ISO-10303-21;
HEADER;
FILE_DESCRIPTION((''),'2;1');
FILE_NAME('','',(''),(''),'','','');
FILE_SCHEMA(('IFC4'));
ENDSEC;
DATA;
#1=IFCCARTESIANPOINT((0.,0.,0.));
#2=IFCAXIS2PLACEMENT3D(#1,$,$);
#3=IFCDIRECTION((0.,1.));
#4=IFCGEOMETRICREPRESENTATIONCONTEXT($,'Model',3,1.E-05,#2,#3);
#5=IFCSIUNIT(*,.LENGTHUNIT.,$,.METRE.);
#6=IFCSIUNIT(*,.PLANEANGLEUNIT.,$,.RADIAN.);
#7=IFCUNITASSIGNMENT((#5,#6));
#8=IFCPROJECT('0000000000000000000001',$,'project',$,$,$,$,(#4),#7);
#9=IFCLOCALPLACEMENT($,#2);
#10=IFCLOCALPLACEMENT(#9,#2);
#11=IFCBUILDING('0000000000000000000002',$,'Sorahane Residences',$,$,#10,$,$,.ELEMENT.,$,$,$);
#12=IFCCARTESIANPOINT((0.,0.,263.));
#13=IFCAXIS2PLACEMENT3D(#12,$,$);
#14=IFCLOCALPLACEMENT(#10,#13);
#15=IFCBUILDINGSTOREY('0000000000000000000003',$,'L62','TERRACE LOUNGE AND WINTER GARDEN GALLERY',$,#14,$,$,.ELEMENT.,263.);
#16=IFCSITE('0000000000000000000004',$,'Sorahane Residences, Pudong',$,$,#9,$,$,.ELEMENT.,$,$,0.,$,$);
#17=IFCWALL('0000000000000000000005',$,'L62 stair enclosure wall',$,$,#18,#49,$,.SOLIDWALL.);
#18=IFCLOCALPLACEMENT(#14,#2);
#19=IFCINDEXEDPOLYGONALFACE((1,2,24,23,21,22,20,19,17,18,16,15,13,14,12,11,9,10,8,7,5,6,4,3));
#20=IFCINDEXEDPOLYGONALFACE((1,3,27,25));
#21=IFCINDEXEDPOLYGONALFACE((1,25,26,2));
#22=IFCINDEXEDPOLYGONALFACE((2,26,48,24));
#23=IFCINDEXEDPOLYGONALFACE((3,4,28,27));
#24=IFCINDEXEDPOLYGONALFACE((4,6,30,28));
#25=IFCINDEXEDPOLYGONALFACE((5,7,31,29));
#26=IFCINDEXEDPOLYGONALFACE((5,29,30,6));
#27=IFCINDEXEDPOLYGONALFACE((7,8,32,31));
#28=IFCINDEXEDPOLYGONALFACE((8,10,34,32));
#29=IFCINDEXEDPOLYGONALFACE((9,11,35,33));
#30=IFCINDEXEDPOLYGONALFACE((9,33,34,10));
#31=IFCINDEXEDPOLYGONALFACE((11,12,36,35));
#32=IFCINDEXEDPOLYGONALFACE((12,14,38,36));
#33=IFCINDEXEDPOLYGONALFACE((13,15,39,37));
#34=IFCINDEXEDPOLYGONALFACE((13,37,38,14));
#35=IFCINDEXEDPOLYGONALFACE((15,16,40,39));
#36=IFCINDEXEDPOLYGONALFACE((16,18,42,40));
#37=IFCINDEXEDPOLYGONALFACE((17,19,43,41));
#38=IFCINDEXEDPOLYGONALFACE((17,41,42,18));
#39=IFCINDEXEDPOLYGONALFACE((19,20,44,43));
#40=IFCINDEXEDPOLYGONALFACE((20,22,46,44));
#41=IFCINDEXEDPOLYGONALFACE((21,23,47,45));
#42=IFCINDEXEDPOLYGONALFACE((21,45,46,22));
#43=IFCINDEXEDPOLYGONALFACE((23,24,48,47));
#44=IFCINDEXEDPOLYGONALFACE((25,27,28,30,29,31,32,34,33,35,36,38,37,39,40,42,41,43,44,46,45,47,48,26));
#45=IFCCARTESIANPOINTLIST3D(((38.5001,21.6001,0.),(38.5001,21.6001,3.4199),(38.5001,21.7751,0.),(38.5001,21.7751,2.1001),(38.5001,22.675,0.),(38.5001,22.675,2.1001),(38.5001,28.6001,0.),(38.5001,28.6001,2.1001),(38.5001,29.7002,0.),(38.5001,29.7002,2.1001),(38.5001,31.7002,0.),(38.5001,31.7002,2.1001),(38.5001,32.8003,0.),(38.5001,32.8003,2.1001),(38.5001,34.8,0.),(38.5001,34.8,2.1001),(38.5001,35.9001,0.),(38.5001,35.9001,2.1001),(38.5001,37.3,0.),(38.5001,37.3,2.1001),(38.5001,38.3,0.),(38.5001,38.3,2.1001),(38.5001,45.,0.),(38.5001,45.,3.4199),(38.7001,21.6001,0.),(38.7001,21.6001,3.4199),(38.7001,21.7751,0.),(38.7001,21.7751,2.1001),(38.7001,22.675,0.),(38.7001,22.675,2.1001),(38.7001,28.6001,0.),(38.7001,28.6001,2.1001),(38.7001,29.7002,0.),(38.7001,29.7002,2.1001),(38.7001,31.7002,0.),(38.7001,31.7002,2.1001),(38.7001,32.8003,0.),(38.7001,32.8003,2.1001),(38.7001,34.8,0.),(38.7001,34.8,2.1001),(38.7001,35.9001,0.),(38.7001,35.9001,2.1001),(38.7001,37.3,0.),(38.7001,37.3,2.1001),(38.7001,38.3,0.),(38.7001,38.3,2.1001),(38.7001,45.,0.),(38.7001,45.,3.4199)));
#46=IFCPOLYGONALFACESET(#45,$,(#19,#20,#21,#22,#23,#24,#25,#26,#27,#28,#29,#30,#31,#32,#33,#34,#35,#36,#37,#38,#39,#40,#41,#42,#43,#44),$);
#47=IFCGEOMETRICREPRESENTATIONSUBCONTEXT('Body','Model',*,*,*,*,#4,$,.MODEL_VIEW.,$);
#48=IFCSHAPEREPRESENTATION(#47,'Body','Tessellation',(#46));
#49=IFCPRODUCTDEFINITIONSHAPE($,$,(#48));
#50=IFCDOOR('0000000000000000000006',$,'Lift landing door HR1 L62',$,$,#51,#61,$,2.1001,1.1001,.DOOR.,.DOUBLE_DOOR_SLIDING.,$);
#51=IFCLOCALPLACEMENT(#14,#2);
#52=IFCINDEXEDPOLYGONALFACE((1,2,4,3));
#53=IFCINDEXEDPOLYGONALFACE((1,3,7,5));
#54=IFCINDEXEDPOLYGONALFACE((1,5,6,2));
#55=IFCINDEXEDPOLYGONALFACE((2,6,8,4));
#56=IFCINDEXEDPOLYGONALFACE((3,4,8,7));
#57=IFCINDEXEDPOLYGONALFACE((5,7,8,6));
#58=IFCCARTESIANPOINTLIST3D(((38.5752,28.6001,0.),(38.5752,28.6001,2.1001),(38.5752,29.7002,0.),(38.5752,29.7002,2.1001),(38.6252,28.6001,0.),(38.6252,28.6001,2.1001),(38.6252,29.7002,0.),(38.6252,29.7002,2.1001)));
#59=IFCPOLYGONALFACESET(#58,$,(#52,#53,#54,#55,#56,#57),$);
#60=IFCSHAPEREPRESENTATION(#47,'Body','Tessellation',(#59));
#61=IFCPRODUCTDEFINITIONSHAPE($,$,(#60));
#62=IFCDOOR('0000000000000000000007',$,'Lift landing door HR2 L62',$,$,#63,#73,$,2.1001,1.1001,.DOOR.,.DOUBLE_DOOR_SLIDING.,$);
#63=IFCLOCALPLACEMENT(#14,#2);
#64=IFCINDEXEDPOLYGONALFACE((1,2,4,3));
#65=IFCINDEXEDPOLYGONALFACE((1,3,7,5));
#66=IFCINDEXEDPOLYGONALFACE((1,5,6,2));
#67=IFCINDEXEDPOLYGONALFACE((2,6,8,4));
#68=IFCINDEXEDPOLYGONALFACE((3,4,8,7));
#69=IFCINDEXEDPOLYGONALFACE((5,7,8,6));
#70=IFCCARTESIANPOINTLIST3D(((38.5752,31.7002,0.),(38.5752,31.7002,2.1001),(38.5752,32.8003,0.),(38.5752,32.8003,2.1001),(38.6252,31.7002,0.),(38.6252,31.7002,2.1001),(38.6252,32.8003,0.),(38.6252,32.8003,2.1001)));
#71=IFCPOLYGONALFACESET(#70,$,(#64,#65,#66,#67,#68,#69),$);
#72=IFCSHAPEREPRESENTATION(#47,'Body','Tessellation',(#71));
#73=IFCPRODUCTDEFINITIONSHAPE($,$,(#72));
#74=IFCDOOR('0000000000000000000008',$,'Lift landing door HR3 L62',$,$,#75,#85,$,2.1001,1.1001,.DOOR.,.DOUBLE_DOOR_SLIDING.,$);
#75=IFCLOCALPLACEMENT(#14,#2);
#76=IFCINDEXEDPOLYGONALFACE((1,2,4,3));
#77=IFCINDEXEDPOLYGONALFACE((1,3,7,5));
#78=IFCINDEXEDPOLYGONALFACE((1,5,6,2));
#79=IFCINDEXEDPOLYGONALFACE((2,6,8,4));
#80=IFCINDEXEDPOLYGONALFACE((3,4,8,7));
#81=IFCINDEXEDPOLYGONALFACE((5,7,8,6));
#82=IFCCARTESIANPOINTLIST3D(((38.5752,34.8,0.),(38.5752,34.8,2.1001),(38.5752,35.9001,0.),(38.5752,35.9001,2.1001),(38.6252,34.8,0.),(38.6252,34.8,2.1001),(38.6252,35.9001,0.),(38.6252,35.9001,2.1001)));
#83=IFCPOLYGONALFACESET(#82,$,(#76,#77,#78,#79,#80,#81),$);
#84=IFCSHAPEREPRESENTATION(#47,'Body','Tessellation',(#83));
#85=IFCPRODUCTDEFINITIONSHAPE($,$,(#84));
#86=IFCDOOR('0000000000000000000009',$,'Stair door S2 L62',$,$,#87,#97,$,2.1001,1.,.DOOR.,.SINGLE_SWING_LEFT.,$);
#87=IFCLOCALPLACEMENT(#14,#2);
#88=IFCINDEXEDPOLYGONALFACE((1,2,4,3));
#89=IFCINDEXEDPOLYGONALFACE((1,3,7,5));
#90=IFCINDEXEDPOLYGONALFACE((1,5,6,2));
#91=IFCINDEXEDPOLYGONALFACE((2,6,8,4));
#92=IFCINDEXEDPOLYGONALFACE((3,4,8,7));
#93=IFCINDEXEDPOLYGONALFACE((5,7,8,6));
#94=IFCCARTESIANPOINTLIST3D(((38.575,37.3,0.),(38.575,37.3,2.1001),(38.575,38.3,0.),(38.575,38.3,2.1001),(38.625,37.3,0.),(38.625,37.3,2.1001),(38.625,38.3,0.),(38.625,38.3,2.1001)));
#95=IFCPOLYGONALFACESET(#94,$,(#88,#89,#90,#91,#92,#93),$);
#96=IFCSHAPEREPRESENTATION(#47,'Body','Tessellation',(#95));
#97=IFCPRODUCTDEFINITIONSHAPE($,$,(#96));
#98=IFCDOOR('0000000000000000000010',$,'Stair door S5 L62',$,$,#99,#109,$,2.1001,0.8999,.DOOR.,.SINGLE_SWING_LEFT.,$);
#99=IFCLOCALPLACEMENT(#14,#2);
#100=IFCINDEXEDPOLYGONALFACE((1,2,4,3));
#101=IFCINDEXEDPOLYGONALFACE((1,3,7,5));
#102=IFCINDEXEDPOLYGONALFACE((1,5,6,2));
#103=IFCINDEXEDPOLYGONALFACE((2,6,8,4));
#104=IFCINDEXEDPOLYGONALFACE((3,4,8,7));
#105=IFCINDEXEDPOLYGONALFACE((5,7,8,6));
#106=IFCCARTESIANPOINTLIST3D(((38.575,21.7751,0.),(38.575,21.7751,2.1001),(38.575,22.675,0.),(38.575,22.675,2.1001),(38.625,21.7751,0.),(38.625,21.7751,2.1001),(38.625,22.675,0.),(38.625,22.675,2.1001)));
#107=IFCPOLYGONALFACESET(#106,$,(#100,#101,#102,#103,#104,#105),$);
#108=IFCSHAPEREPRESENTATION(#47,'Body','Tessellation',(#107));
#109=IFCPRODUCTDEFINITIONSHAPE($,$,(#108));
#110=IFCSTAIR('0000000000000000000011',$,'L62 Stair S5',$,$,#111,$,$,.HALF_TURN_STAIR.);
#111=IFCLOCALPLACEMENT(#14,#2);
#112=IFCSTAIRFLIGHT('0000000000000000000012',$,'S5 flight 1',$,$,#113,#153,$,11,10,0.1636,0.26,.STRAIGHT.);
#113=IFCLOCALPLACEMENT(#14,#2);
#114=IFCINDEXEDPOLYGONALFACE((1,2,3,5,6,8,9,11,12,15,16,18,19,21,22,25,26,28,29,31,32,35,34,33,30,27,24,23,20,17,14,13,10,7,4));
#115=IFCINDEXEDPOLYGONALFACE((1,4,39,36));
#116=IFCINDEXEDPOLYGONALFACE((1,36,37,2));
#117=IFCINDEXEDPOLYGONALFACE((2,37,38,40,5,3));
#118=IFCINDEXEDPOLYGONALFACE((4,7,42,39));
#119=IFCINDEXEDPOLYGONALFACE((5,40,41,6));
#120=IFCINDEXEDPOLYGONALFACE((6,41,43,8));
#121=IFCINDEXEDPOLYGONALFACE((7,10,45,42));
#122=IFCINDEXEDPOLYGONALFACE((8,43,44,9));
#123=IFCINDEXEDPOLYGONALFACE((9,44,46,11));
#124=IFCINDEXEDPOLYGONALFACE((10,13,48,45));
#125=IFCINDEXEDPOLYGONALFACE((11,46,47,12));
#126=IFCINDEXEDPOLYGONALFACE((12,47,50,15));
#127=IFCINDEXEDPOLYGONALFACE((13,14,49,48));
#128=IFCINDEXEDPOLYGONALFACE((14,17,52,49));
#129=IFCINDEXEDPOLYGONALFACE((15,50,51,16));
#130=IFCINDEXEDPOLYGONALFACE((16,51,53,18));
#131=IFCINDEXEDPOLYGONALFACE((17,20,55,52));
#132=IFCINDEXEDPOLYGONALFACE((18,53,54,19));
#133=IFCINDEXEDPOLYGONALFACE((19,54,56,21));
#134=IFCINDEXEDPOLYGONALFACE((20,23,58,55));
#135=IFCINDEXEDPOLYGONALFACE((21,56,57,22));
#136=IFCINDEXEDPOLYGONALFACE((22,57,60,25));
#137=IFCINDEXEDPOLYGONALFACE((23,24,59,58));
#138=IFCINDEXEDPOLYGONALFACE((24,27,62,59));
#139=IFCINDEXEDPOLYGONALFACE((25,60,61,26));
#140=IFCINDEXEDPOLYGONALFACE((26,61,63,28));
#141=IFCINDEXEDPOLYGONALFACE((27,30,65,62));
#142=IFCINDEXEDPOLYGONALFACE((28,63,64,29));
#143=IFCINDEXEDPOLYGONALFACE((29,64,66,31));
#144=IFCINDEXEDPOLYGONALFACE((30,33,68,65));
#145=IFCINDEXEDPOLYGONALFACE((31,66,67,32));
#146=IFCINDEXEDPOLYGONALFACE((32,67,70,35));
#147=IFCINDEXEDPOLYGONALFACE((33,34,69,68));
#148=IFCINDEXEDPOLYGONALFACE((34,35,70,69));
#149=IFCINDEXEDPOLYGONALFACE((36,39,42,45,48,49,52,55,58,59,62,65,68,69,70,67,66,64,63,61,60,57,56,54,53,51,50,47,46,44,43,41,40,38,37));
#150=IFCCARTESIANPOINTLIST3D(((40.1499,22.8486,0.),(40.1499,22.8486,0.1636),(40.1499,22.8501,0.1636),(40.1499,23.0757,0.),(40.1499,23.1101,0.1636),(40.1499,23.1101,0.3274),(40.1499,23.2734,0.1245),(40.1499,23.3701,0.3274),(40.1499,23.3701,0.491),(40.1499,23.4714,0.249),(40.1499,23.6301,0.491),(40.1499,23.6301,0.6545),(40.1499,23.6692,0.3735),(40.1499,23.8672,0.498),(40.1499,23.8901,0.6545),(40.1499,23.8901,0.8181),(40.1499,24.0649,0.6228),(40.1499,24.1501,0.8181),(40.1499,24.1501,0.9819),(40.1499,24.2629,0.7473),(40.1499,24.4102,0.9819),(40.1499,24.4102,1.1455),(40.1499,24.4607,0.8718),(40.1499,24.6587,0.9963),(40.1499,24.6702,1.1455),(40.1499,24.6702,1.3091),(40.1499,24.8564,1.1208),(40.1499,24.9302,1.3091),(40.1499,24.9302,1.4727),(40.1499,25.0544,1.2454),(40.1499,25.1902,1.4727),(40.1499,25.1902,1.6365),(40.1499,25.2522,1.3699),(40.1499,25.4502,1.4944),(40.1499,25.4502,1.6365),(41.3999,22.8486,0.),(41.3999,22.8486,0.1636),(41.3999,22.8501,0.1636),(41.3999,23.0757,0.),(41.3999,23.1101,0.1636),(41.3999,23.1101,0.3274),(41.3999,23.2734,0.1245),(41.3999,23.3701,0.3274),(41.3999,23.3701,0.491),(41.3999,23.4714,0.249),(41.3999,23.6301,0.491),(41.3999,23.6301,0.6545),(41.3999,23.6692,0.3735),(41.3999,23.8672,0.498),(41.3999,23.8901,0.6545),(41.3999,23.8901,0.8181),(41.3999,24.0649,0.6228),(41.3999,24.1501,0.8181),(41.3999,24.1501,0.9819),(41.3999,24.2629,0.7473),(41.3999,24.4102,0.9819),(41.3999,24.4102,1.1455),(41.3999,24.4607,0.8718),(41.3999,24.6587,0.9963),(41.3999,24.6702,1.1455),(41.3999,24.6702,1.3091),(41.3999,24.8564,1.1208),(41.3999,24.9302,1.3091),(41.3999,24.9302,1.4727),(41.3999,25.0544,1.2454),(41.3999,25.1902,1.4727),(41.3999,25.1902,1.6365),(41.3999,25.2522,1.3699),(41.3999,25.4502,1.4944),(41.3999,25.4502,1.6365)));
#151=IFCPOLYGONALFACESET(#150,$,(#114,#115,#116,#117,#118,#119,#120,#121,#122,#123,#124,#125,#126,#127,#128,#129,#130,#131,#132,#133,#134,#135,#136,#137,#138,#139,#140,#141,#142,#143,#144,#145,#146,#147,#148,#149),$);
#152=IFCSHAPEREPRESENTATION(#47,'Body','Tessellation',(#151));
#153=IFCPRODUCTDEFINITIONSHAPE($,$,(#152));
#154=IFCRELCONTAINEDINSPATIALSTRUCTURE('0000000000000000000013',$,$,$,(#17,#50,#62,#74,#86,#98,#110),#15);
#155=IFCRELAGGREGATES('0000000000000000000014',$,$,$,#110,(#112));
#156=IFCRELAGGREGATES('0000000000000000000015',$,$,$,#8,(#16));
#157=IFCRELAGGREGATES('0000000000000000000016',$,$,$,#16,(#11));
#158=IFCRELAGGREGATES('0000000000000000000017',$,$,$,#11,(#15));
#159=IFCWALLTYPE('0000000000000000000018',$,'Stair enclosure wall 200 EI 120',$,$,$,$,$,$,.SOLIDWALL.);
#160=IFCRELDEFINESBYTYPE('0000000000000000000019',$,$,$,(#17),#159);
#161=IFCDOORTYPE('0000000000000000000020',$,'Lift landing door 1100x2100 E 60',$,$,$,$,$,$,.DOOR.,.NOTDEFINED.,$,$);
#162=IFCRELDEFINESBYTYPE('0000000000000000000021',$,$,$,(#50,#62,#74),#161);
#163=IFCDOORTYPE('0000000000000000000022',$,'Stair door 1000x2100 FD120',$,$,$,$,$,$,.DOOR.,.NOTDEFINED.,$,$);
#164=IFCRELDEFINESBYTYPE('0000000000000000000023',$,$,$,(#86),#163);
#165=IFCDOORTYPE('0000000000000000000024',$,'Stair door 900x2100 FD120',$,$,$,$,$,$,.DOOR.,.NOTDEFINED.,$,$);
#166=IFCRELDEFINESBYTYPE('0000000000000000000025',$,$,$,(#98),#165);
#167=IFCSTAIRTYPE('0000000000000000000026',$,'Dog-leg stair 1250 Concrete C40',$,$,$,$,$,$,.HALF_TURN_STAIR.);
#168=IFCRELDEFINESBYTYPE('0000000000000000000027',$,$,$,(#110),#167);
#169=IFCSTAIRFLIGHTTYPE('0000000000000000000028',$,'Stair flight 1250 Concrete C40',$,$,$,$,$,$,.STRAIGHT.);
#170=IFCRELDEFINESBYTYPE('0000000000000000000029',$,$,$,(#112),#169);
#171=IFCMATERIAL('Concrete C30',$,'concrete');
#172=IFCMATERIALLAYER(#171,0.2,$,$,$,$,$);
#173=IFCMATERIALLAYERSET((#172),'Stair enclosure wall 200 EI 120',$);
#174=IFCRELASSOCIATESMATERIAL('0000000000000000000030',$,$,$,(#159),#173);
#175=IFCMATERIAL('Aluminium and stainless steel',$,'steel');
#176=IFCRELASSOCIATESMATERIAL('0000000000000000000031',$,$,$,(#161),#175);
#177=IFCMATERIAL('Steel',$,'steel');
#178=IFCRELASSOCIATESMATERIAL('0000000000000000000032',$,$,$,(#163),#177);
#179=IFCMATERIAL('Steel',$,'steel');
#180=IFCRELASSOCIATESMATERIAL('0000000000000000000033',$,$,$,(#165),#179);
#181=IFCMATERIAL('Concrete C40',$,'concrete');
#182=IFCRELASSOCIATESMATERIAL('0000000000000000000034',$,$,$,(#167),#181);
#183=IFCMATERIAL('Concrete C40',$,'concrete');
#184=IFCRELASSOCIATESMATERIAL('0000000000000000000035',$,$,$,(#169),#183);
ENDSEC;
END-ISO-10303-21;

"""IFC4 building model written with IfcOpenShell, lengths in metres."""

from ifc_helpers import new_model, si_unit, direction, frame, frame_2d, origin, place, context, subcontext, project, spatial, polyline, rectangle, outline, extrude, material, layer, layer_set, type_object, element, fill, aggregate, save


model = new_model("IFC4")

# Units and contexts
model_context = context("Model", 3, precision=1e-05, world=origin(), true_north=direction((0.0, 1.0)))
body_context = subcontext(model_context, "Body", "Model", "MODEL_VIEW")
ifc_project = project(units=[si_unit("LENGTHUNIT", "METRE"), si_unit("PLANEANGLEUNIT", "RADIAN")], contexts=[model_context])

# Site, building, storey
site_placement = place(None, origin())
site = spatial("IfcSite", under=ifc_project, at=site_placement, Name="Sorahane Residences, Pudong", CompositionType="ELEMENT", RefElevation=0.0)
building_placement = place(site_placement, origin())
building = spatial("IfcBuilding", under=site, at=building_placement, Name="Sorahane Residences", CompositionType="ELEMENT")
storey_placement = place(building_placement, frame((0.0, 0.0, 263.0)))
storey = spatial("IfcBuildingStorey", under=building, at=storey_placement, Name="L62", Description="TERRACE LOUNGE AND WINTER GARDEN GALLERY", CompositionType="ELEMENT", Elevation=263.0)

# Wall, openings, doors
ifc_material_1 = material(Name="Concrete C30", Category="concrete")
ifc_layer_1 = layer(ifc_material_1, 0.2)
ifc_layer_set_1 = layer_set([ifc_layer_1], Name="Stair enclosure wall 200 EI 120")
wall_type_1 = type_object("IfcWallType", Name="Stair enclosure wall 200 EI 120", PredefinedType="SOLIDWALL", material=ifc_layer_set_1)
wall_1_placement = place(storey_placement, frame((38.6001, 21.6001, 0.0), z_axis=(0.0, 0.0, 1.0), x_axis=(0.0, 1.0, 0.0)))
wall_1 = element("IfcWall", 1, at=wall_1_placement, inside=storey, type_object=wall_type_1, Name="L62 stair enclosure wall", PredefinedType="SOLIDWALL", context=body_context, shape_type="SweptSolid", body=[
    extrude(rectangle(XDim=23.3999, YDim=0.2, at=frame_2d((11.7, 0.0))), origin(), (0.0, 0.0, 1.0), 3.4199),
])
opening_1_placement = place(wall_1_placement, frame((7.0, 0.0, 0.0)))
opening_1 = element("IfcOpeningElement", 2, at=opening_1_placement, cuts=wall_1, PredefinedType="OPENING", context=body_context, shape_type="SweptSolid", body=[
    extrude(rectangle(XDim=1.1001, YDim=2.1001, at=frame_2d((0.55, 1.05))), frame((0.0, 0.1099, 0.0), z_axis=(0.0, -1.0, 0.0), x_axis=(1.0, 0.0, 0.0)), (0.0, 0.0, 1.0), 0.22),
])
opening_2_placement = place(wall_1_placement, frame((10.1001, 0.0, 0.0)))
opening_2 = element("IfcOpeningElement", 3, at=opening_2_placement, cuts=wall_1, PredefinedType="OPENING", context=body_context, shape_type="SweptSolid", body=[
    extrude(rectangle(XDim=1.1001, YDim=2.1001, at=frame_2d((0.55, 1.05))), frame((0.0, 0.1099, 0.0), z_axis=(0.0, -1.0, 0.0), x_axis=(1.0, 0.0, 0.0)), (0.0, 0.0, 1.0), 0.22),
])
opening_3_placement = place(wall_1_placement, frame((13.2, 0.0, 0.0)))
opening_3 = element("IfcOpeningElement", 4, at=opening_3_placement, cuts=wall_1, PredefinedType="OPENING", context=body_context, shape_type="SweptSolid", body=[
    extrude(rectangle(XDim=1.1001, YDim=2.1001, at=frame_2d((0.55, 1.05))), frame((0.0, 0.1099, 0.0), z_axis=(0.0, -1.0, 0.0), x_axis=(1.0, 0.0, 0.0)), (0.0, 0.0, 1.0), 0.22),
])
opening_4_placement = place(wall_1_placement, frame((15.7, 0.0, 0.0)))
opening_4 = element("IfcOpeningElement", 5, at=opening_4_placement, cuts=wall_1, PredefinedType="OPENING", context=body_context, shape_type="SweptSolid", body=[
    extrude(rectangle(XDim=1.0, YDim=2.1001, at=frame_2d((0.5, 1.05))), frame((0.0, 0.1099, 0.0), z_axis=(0.0, -1.0, 0.0), x_axis=(1.0, 0.0, 0.0)), (0.0, 0.0, 1.0), 0.22),
])
opening_5_placement = place(wall_1_placement, frame((0.175, 0.0, 0.0)))
opening_5 = element("IfcOpeningElement", 6, at=opening_5_placement, cuts=wall_1, PredefinedType="OPENING", context=body_context, shape_type="SweptSolid", body=[
    extrude(rectangle(XDim=0.8999, YDim=2.1001, at=frame_2d((0.45, 1.05))), frame((0.0, 0.1099, 0.0), z_axis=(0.0, -1.0, 0.0), x_axis=(1.0, 0.0, 0.0)), (0.0, 0.0, 1.0), 0.22),
])
ifc_material_2 = material(Name="Aluminium and stainless steel", Category="steel")
door_type_1 = type_object("IfcDoorType", Name="Lift landing door 1100x2100 E 60", OperationType="NOTDEFINED", PredefinedType="DOOR", material=ifc_material_2)
door_1_placement = place(opening_1_placement, origin())
door_1 = element("IfcDoor", 7, at=door_1_placement, inside=storey, type_object=door_type_1, Name="Lift landing door HR1 L62", OperationType="DOUBLE_DOOR_SLIDING", OverallHeight=2.1001, OverallWidth=1.1001, PredefinedType="DOOR", context=body_context, shape_type="SweptSolid", body=[
    extrude(rectangle(XDim=1.1001, YDim=2.1001, at=frame_2d((0.55, 1.05))), frame((0.0, 0.0249, 0.0), z_axis=(0.0, -1.0, 0.0), x_axis=(1.0, 0.0, 0.0)), (0.0, 0.0, 1.0), 0.05),
])
fill(opening_1, door_1)
door_2_placement = place(opening_2_placement, origin())
door_2 = element("IfcDoor", 8, at=door_2_placement, inside=storey, type_object=door_type_1, Name="Lift landing door HR2 L62", OperationType="DOUBLE_DOOR_SLIDING", OverallHeight=2.1001, OverallWidth=1.1001, PredefinedType="DOOR", context=body_context, shape_type="SweptSolid", body=[
    extrude(rectangle(XDim=1.1001, YDim=2.1001, at=frame_2d((0.55, 1.05))), frame((0.0, 0.0249, 0.0), z_axis=(0.0, -1.0, 0.0), x_axis=(1.0, 0.0, 0.0)), (0.0, 0.0, 1.0), 0.05),
])
fill(opening_2, door_2)
door_3_placement = place(opening_3_placement, origin())
door_3 = element("IfcDoor", 9, at=door_3_placement, inside=storey, type_object=door_type_1, Name="Lift landing door HR3 L62", OperationType="DOUBLE_DOOR_SLIDING", OverallHeight=2.1001, OverallWidth=1.1001, PredefinedType="DOOR", context=body_context, shape_type="SweptSolid", body=[
    extrude(rectangle(XDim=1.1001, YDim=2.1001, at=frame_2d((0.55, 1.05))), frame((0.0, 0.0249, 0.0), z_axis=(0.0, -1.0, 0.0), x_axis=(1.0, 0.0, 0.0)), (0.0, 0.0, 1.0), 0.05),
])
fill(opening_3, door_3)
ifc_material_3 = material(Name="Steel", Category="steel")
door_type_2 = type_object("IfcDoorType", Name="Stair door 1000x2100 FD120", OperationType="NOTDEFINED", PredefinedType="DOOR", material=ifc_material_3)
door_4_placement = place(opening_4_placement, frame((1.0, 0.0, 0.0), z_axis=(0.0, 0.0, 1.0), x_axis=(-1.0, 0.0, 0.0)))
door_4 = element("IfcDoor", 10, at=door_4_placement, inside=storey, type_object=door_type_2, Name="Stair door S2 L62", OperationType="SINGLE_SWING_LEFT", OverallHeight=2.1001, OverallWidth=1.0, PredefinedType="DOOR", context=body_context, shape_type="SweptSolid", body=[
    extrude(rectangle(XDim=1.0, YDim=2.1001, at=frame_2d((0.5, 1.05))), frame((0.0, 0.0249, 0.0), z_axis=(0.0, -1.0, 0.0), x_axis=(1.0, 0.0, 0.0)), (0.0, 0.0, 1.0), 0.05),
])
fill(opening_4, door_4)
ifc_material_4 = material(Name="Steel", Category="steel")
door_type_3 = type_object("IfcDoorType", Name="Stair door 900x2100 FD120", OperationType="NOTDEFINED", PredefinedType="DOOR", material=ifc_material_4)
door_5_placement = place(opening_5_placement, frame((0.8999, 0.0, 0.0), z_axis=(0.0, 0.0, 1.0), x_axis=(-1.0, 0.0, 0.0)))
door_5 = element("IfcDoor", 11, at=door_5_placement, inside=storey, type_object=door_type_3, Name="Stair door S5 L62", OperationType="SINGLE_SWING_LEFT", OverallHeight=2.1001, OverallWidth=0.8999, PredefinedType="DOOR", context=body_context, shape_type="SweptSolid", body=[
    extrude(rectangle(XDim=0.8999, YDim=2.1001, at=frame_2d((0.45, 1.05))), frame((0.0, 0.0249, 0.0), z_axis=(0.0, -1.0, 0.0), x_axis=(1.0, 0.0, 0.0)), (0.0, 0.0, 1.0), 0.05),
])
fill(opening_5, door_5)

# Stair, stair flight
ifc_material_5 = material(Name="Concrete C40", Category="concrete")
stair_type = type_object("IfcStairType", Name="Dog-leg stair 1250 Concrete C40", PredefinedType="HALF_TURN_STAIR", material=ifc_material_5)
stair_placement = place(storey_placement, origin())
stair = element("IfcStair", 12, at=stair_placement, inside=storey, type_object=stair_type, Name="L62 Stair S5", PredefinedType="HALF_TURN_STAIR")
ifc_material_6 = material(Name="Concrete C40", Category="concrete")
stair_flight_type = type_object("IfcStairFlightType", Name="Stair flight 1250 Concrete C40", PredefinedType="STRAIGHT", material=ifc_material_6)
stair_flight_1_placement = place(storey_placement, frame((40.7749, 22.8501, 0.0), z_axis=(0.0, 0.0, 1.0), x_axis=(0.0, 1.0, 0.0)))
stair_flight_1 = element("IfcStairFlight", 13, at=stair_flight_1_placement, type_object=stair_flight_type, Name="S5 flight 1", NumberOfRisers=11, NumberOfTreads=10, PredefinedType="STRAIGHT", RiserHeight=0.1636, TreadLength=0.26, context=body_context, shape_type="SweptSolid", body=[
    extrude(outline(polyline([(-0.0015, 0.0), (-0.0015, 0.1636), (0.0, 0.1636), (0.26, 0.1636), (0.26, 0.3274), (0.52, 0.3274), (0.52, 0.491), (0.78, 0.491), (0.78, 0.6545), (1.04, 0.6545), (1.04, 0.8181), (1.3, 0.8181), (1.3, 0.9819), (1.5601, 0.9819), (1.5601, 1.1455), (1.8201, 1.1455), (1.8201, 1.3091), (2.0801, 1.3091), (2.0801, 1.4727), (2.3401, 1.4727), (2.3401, 1.6365), (2.6001, 1.6365), (2.6001, 1.8), (2.6001, 1.4944), (2.4021, 1.3699), (2.2043, 1.2454), (2.0063, 1.1208), (1.8086, 0.9963), (1.6106, 0.8718), (1.4128, 0.7473), (1.2148, 0.6228), (1.0171, 0.498), (0.8191, 0.3735), (0.6213, 0.249), (0.4233, 0.1245), (0.2256, 0.0), (-0.0015, 0.0)])), frame((0.0, 0.625, 0.0), z_axis=(0.0, -1.0, 0.0), x_axis=(1.0, 0.0, 0.0)), (0.0, 0.0, 1.0), 1.25),
])
aggregate(stair, [stair_flight_1])

save(model, "model.ifc")
